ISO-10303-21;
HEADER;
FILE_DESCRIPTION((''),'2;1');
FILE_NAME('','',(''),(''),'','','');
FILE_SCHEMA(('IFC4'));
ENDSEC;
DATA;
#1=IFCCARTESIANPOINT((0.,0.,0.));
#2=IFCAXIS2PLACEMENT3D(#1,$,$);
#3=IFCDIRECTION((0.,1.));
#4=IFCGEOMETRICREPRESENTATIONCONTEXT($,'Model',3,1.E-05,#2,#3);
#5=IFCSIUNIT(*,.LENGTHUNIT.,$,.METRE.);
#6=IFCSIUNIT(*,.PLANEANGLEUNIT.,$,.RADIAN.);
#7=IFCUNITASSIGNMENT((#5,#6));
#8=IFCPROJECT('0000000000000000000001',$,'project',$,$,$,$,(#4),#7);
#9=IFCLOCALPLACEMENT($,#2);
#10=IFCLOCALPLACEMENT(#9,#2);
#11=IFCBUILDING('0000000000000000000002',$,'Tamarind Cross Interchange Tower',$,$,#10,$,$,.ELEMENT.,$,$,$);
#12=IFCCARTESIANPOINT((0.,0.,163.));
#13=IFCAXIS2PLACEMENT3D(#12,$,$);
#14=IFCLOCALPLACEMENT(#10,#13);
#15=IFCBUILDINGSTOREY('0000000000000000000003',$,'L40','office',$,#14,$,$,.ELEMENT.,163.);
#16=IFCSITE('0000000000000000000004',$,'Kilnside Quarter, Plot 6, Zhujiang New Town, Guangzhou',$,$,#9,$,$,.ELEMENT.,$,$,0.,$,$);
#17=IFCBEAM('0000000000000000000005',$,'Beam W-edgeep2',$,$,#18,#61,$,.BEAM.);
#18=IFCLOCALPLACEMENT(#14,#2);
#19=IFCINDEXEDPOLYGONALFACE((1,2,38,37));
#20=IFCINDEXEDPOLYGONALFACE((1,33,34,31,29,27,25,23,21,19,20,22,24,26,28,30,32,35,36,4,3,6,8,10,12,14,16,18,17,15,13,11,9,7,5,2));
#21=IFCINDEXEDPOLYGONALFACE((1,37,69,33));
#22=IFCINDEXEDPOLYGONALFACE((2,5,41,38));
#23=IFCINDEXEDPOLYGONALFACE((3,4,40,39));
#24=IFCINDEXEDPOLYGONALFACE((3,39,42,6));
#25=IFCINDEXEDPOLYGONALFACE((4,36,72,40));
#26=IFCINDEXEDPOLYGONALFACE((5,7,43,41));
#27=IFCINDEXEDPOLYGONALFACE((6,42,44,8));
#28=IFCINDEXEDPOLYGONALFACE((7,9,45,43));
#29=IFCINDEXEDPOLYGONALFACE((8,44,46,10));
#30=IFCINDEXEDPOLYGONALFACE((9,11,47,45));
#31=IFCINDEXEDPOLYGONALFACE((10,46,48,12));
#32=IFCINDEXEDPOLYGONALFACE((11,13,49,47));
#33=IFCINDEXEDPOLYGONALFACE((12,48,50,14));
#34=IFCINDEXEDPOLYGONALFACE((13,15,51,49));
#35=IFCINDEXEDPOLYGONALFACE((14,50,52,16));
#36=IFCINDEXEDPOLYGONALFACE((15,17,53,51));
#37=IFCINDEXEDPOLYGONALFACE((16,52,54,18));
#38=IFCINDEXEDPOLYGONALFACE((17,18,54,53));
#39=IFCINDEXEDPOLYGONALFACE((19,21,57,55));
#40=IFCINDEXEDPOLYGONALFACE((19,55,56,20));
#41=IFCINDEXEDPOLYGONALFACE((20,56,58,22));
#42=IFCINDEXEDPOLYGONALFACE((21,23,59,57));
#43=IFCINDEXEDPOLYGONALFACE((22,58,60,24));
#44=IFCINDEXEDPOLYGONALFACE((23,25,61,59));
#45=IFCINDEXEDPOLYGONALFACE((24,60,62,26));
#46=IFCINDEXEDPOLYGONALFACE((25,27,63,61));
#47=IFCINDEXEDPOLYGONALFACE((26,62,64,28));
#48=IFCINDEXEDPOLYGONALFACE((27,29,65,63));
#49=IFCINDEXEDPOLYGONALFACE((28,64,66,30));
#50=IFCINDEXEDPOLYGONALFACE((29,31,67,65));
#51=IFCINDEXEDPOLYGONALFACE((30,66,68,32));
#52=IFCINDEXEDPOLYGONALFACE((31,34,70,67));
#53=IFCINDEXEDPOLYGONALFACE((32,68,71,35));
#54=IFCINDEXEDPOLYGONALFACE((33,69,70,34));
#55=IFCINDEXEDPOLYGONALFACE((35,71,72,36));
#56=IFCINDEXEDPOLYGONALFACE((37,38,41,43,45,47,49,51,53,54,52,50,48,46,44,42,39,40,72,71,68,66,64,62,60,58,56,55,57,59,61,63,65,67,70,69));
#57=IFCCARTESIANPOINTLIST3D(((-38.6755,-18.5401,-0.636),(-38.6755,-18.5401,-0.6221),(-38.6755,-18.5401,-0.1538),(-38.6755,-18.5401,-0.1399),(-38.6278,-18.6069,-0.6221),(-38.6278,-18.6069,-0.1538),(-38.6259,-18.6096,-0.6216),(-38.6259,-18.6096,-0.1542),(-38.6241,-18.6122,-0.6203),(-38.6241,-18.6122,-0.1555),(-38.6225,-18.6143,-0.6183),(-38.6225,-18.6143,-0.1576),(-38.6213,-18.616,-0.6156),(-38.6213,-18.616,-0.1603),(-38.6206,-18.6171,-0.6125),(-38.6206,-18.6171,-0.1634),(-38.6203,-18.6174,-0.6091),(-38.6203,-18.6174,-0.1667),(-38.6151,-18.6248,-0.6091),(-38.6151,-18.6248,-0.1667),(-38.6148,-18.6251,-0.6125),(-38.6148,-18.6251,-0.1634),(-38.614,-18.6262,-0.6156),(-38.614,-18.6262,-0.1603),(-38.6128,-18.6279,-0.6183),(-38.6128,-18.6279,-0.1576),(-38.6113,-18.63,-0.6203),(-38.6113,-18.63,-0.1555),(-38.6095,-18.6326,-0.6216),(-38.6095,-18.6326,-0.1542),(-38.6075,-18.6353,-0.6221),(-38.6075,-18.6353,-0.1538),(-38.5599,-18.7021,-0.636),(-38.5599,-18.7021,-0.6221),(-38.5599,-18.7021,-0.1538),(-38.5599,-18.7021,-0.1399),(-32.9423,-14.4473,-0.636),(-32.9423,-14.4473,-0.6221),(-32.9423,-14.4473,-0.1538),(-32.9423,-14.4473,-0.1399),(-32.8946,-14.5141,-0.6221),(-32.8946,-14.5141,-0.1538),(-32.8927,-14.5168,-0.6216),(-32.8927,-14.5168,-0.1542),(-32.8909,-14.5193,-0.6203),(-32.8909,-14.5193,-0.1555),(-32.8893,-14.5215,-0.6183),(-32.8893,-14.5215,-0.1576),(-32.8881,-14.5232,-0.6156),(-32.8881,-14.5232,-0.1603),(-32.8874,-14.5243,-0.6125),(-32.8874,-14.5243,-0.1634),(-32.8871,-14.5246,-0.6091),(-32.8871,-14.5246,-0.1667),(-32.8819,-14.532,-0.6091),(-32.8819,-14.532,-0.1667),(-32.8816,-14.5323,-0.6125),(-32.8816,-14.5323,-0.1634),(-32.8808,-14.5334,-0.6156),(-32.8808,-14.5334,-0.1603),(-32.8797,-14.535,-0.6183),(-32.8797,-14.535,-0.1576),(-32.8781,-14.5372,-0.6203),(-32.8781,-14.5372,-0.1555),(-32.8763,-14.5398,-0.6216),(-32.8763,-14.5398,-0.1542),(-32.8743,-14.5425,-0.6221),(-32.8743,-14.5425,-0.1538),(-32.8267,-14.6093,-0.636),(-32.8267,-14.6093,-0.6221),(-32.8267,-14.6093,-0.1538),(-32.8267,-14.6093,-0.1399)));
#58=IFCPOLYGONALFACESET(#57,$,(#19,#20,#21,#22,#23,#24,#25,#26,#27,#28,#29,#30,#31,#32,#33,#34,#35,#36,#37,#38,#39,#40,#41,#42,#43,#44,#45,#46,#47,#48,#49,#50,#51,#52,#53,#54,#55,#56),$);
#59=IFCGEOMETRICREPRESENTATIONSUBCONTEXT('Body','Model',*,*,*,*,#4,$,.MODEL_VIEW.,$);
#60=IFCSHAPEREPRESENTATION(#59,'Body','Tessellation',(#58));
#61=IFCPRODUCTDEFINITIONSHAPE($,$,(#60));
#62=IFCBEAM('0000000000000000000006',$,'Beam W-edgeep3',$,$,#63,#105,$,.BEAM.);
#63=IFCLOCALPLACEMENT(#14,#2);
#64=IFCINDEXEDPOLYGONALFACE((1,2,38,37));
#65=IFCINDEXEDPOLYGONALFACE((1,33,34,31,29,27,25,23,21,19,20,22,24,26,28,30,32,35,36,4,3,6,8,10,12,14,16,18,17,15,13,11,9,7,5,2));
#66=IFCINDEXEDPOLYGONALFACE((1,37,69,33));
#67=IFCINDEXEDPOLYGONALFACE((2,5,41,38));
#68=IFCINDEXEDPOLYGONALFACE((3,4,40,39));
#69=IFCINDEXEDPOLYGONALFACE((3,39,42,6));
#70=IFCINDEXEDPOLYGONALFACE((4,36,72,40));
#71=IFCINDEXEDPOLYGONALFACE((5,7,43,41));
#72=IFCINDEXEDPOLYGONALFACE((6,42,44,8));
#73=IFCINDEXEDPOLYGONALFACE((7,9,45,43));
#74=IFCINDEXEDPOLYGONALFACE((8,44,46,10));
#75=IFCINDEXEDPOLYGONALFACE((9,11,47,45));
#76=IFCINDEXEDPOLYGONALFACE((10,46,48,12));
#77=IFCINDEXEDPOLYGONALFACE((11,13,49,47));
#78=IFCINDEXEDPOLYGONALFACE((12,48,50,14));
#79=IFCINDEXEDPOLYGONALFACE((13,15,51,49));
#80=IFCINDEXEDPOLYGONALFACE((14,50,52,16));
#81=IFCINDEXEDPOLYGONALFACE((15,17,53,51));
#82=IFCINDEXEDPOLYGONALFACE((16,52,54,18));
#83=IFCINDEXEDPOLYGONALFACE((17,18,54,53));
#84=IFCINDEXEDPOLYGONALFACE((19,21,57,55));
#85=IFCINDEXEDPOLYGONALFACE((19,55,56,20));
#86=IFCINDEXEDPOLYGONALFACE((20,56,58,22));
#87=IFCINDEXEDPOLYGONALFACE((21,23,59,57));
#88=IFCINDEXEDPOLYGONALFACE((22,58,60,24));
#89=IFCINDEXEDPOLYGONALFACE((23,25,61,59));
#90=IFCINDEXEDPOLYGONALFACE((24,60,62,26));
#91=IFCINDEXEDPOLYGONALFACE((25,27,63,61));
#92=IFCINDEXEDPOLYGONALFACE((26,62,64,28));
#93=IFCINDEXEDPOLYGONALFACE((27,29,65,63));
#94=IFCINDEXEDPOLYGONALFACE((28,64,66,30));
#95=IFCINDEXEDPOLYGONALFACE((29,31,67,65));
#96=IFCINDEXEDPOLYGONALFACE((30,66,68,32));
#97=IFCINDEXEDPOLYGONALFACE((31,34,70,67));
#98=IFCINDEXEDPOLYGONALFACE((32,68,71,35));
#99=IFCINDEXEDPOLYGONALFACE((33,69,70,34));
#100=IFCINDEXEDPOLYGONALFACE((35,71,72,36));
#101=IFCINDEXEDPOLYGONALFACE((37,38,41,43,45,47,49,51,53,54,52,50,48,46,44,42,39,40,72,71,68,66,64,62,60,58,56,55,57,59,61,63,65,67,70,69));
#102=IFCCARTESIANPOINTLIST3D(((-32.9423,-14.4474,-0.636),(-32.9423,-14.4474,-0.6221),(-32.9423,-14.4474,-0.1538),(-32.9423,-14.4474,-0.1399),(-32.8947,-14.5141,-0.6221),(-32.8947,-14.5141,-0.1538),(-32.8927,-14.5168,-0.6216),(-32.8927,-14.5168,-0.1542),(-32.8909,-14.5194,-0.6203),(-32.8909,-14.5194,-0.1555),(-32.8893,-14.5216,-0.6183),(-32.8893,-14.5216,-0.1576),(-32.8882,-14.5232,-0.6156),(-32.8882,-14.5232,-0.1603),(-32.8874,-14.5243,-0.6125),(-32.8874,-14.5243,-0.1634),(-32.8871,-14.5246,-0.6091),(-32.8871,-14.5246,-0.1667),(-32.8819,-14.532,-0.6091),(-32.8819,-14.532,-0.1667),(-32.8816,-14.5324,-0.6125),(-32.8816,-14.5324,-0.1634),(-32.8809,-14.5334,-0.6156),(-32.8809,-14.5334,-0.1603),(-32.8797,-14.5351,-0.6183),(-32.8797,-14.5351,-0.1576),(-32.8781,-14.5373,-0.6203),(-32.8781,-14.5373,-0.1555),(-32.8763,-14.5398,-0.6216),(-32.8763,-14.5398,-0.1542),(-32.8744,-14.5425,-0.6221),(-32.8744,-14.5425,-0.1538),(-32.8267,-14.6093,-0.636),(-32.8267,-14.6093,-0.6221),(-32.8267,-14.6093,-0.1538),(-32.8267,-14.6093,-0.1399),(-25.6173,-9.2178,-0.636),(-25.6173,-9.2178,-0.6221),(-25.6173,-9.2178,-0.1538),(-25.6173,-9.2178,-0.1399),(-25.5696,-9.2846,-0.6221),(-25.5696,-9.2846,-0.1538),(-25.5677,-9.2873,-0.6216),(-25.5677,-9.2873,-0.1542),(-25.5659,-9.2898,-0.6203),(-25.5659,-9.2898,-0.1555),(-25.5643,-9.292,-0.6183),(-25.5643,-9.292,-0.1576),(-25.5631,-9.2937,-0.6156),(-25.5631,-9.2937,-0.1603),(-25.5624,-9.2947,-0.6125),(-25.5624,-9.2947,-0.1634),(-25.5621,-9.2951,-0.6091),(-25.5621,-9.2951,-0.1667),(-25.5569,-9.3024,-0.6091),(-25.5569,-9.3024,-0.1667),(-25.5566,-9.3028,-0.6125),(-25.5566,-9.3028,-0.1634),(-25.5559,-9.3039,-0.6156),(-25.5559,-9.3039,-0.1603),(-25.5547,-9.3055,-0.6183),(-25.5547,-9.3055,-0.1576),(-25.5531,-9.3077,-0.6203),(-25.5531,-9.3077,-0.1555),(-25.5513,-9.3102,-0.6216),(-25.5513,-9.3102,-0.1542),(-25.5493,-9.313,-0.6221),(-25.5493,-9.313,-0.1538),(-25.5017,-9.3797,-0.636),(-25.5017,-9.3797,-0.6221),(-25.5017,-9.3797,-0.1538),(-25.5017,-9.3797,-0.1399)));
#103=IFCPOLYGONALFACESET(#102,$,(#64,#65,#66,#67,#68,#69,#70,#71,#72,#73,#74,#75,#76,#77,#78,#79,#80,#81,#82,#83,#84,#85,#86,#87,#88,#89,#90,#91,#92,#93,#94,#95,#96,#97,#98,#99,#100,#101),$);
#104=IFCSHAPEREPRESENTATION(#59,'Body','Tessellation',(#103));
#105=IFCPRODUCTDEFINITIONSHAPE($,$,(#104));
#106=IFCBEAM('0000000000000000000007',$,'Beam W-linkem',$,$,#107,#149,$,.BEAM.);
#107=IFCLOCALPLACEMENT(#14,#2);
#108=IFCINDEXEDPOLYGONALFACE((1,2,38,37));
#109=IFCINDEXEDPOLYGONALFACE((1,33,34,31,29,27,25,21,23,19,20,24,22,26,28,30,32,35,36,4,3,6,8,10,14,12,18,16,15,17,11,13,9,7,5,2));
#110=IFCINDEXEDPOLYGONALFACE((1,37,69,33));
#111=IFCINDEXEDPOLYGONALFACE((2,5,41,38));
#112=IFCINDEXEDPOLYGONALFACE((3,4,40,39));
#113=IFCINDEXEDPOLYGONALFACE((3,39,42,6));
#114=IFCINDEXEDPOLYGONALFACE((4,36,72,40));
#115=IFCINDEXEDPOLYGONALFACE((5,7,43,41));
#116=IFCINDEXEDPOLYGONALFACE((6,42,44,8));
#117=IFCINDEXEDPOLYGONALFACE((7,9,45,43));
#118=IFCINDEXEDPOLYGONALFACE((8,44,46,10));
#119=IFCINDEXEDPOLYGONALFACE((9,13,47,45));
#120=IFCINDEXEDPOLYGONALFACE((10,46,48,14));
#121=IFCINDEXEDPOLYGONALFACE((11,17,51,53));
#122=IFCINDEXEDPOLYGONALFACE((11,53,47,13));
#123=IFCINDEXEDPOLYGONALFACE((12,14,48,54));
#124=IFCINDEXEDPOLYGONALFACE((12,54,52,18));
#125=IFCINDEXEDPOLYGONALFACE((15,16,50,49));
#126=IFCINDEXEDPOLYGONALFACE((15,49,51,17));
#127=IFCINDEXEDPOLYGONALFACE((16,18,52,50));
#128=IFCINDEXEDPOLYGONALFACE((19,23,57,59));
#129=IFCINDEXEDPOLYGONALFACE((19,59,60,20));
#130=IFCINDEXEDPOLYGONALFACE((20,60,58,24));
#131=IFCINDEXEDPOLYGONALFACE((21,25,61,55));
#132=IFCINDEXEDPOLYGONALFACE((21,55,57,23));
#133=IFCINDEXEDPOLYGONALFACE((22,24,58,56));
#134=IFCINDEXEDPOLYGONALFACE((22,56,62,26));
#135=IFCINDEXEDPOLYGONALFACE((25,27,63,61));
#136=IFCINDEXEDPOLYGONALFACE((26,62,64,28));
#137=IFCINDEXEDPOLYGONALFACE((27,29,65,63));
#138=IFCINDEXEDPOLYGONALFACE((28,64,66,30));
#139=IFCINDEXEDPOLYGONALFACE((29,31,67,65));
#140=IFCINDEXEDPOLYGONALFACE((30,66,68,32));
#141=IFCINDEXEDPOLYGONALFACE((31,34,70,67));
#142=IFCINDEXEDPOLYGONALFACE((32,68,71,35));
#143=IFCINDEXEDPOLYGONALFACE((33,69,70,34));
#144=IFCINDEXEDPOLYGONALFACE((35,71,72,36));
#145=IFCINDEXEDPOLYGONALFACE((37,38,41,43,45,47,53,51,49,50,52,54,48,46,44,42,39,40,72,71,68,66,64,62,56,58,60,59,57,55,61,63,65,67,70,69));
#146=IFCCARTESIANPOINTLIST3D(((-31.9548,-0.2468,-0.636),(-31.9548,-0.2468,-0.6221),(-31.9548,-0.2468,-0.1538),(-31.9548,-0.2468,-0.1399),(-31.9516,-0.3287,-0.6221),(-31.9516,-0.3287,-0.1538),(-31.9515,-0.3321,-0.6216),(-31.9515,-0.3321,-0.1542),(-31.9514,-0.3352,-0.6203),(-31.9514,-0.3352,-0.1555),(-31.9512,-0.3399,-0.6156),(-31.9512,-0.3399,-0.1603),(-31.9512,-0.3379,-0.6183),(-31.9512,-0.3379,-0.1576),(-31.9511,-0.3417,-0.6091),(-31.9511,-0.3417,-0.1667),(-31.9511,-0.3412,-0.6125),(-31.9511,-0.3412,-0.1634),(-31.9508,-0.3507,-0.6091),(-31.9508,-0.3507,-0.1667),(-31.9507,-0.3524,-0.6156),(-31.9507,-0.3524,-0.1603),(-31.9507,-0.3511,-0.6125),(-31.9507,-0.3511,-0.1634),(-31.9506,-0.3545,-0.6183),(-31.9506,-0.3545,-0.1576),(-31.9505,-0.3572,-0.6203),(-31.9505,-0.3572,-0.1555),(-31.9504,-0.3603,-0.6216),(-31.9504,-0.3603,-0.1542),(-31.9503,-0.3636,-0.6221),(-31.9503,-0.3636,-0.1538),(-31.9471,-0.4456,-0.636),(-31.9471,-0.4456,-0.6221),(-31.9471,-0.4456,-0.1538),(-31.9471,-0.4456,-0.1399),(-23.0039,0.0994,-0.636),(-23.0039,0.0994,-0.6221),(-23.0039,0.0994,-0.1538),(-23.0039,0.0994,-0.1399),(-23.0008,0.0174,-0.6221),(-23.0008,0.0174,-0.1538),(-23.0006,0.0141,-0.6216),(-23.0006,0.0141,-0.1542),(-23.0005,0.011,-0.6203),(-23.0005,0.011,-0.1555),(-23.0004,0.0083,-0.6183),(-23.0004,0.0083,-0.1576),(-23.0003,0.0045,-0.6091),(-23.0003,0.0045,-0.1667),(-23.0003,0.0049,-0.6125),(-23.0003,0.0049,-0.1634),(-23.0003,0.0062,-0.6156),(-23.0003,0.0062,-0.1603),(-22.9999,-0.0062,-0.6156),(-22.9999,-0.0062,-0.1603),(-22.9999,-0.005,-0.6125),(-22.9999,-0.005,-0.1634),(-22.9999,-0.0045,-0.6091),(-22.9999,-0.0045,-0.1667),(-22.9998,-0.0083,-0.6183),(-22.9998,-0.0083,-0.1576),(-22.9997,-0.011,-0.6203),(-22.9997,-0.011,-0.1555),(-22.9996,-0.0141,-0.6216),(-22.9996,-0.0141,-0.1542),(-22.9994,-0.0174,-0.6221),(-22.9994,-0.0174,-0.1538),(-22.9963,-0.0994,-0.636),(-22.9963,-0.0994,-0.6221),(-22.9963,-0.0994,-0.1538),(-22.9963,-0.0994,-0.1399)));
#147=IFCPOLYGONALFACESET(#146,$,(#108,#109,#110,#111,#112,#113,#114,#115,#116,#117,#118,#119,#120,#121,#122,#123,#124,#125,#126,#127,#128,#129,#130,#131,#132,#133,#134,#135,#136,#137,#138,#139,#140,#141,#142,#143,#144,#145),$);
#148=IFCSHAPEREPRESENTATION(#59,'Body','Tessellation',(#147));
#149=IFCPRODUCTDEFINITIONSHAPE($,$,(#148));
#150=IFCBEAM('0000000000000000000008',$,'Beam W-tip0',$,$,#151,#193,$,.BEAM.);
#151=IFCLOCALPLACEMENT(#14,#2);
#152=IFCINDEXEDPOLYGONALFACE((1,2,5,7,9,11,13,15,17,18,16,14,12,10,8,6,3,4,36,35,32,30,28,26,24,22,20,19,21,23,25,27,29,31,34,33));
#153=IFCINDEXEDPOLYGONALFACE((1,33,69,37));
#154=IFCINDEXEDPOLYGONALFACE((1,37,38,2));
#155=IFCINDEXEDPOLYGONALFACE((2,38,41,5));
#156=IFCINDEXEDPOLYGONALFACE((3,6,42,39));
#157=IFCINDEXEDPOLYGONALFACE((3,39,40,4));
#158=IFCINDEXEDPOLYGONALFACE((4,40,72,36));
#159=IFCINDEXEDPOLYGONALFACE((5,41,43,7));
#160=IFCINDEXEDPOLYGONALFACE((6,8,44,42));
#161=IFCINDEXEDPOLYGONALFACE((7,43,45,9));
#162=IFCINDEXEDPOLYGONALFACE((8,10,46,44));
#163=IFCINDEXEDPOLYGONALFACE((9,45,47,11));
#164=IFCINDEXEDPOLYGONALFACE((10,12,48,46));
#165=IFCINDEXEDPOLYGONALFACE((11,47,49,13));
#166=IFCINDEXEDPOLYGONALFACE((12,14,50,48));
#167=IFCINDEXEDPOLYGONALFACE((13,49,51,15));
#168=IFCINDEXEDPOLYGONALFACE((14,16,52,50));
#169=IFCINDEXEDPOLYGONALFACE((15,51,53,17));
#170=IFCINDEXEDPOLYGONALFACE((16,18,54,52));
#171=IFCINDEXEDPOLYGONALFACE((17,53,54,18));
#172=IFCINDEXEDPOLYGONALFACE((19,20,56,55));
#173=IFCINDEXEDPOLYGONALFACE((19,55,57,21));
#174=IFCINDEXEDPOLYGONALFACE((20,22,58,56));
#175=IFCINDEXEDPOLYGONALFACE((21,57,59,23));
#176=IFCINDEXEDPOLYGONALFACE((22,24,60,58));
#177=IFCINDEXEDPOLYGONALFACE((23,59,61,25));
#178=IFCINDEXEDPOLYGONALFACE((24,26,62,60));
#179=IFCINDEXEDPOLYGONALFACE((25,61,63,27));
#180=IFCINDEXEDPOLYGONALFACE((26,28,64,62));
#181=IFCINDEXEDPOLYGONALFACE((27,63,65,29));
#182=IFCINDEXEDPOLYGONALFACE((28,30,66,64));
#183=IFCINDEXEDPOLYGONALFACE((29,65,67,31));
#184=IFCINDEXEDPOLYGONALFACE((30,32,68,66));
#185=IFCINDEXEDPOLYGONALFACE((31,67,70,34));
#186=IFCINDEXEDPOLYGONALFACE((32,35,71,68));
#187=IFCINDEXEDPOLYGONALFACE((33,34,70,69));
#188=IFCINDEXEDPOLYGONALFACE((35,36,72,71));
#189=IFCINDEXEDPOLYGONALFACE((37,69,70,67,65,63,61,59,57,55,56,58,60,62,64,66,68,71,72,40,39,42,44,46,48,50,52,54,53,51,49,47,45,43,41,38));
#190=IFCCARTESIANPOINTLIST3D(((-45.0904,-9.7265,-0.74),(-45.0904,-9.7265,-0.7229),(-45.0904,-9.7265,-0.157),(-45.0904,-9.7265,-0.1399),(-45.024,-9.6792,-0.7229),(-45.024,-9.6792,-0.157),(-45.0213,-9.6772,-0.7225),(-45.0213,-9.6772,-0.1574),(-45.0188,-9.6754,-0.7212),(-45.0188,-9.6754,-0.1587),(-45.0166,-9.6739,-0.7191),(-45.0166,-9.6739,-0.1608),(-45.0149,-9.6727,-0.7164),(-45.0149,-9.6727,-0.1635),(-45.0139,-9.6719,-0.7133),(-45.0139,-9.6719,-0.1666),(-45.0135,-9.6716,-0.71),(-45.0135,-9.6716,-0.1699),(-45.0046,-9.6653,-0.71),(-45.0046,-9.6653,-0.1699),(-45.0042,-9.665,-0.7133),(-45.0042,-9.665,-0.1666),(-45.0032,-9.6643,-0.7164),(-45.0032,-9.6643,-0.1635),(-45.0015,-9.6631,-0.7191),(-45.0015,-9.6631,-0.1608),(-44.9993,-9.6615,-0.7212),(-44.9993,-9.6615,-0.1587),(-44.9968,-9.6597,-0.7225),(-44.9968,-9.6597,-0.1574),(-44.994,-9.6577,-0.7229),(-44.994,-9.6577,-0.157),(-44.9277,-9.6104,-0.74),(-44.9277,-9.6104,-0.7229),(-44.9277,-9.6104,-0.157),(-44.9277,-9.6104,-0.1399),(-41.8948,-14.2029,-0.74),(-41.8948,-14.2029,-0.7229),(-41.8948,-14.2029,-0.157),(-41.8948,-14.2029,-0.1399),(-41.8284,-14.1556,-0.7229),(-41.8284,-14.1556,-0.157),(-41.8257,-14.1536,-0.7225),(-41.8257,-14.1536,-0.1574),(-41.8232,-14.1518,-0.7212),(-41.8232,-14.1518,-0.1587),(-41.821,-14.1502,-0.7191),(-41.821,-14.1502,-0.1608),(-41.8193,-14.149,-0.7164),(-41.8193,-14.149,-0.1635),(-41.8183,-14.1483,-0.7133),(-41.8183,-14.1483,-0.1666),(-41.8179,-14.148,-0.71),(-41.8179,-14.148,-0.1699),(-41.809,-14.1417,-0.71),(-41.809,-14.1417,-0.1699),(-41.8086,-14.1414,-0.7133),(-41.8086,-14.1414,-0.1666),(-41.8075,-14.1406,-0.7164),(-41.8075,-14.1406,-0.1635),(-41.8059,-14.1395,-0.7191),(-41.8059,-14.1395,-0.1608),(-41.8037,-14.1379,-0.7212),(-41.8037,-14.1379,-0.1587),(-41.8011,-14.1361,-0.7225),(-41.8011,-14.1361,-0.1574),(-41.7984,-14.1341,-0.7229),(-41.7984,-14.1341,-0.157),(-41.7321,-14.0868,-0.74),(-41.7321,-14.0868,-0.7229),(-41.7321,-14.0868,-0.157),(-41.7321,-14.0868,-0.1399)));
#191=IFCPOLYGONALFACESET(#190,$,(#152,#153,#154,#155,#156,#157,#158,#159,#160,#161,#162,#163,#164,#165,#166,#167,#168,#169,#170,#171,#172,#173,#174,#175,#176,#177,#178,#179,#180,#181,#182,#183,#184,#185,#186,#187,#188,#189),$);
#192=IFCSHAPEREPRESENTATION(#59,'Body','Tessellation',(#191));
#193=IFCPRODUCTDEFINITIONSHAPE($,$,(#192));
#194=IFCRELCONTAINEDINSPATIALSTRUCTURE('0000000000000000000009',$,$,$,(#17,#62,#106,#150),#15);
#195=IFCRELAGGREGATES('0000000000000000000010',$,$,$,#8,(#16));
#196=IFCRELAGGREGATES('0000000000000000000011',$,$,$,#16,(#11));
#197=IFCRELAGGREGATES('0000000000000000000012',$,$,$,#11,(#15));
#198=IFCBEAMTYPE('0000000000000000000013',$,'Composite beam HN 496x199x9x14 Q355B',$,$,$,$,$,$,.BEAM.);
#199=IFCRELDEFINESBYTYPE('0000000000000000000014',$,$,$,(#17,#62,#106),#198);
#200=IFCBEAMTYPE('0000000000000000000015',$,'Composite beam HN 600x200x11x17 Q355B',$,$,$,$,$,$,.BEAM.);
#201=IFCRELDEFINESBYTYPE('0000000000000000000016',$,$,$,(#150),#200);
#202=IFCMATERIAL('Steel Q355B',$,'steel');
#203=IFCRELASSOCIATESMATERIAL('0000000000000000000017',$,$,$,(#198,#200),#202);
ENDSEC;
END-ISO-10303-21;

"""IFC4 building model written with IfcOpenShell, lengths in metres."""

from ifc_helpers import new_model, si_unit, direction, frame, origin, origin_2d, place, context, subcontext, project, spatial, i_section, extrude, material, material_profile, profile_set, type_object, element, save


model = new_model("IFC4")

# Units and contexts
model_context = context("Model", 3, precision=1e-05, world=origin(), true_north=direction((0.0, 1.0)))
body_context = subcontext(model_context, "Body", "Model", "MODEL_VIEW")
ifc_project = project(units=[si_unit("LENGTHUNIT", "METRE"), si_unit("PLANEANGLEUNIT", "RADIAN")], contexts=[model_context])

# Site, building, storey
site_placement = place(None, origin())
site = spatial("IfcSite", under=ifc_project, at=site_placement, Name="Kilnside Quarter, Plot 6, Zhujiang New Town, Guangzhou", CompositionType="ELEMENT", RefElevation=0.0)
building_placement = place(site_placement, origin())
building = spatial("IfcBuilding", under=site, at=building_placement, Name="Tamarind Cross Interchange Tower", CompositionType="ELEMENT")
storey_placement = place(building_placement, frame((0.0, 0.0, 163.0)))
storey = spatial("IfcBuildingStorey", under=building, at=storey_placement, Name="L40", Description="office", CompositionType="ELEMENT", Elevation=163.0)

# Beams
ifc_material_1 = material(Name="Steel Q355B", Category="steel")
ifc_material_profile_1 = material_profile(ifc_material_1, i_section(OverallWidth=0.199, OverallDepth=0.4961, WebThickness=0.009, FlangeThickness=0.0139, FilletRadius=0.0129, at=origin_2d()), Name="HN 496x199x9x14")
ifc_profile_set_1 = profile_set([ifc_material_profile_1], Name="Steel Q355B")
beam_type_1 = type_object("IfcBeamType", Name="Composite beam HN 496x199x9x14 Q355B", PredefinedType="BEAM", material=ifc_profile_set_1)
beam_1_placement = place(storey_placement, frame((-38.6177, -18.6211, -0.3879), z_axis=(0.81389, 0.581019, 0.0), x_axis=(-0.581019, 0.81389, 0.0)))
element("IfcBeam", 1, at=beam_1_placement, inside=storey, type_object=beam_type_1, Name="Beam W-edgeep2", PredefinedType="BEAM", context=body_context, shape_type="SweptSolid", body=[
    extrude(i_section(OverallWidth=0.199, OverallDepth=0.4961, WebThickness=0.009, FlangeThickness=0.0139, FilletRadius=0.0129, at=origin_2d()), origin(), (0.0, 0.0, 1.0), 7.0442),
])
beam_2_placement = place(storey_placement, frame((-32.8845, -14.5283, -0.3879), z_axis=(0.813871, 0.581046, 0.0), x_axis=(-0.581046, 0.813871, 0.0)))
element("IfcBeam", 2, at=beam_2_placement, inside=storey, type_object=beam_type_1, Name="Beam W-edgeep3", PredefinedType="BEAM", context=body_context, shape_type="SweptSolid", body=[
    extrude(i_section(OverallWidth=0.199, OverallDepth=0.4961, WebThickness=0.009, FlangeThickness=0.0139, FilletRadius=0.0129, at=origin_2d()), origin(), (0.0, 0.0, 1.0), 9.0002),
])
beam_3_placement = place(storey_placement, frame((-31.9509, -0.3462, -0.3879), z_axis=(0.999253, 0.038648, 0.0), x_axis=(-0.038648, 0.999253, 0.0)))
element("IfcBeam", 3, at=beam_3_placement, inside=storey, type_object=beam_type_1, Name="Beam W-linkem", PredefinedType="BEAM", context=body_context, shape_type="SweptSolid", body=[
    extrude(i_section(OverallWidth=0.199, OverallDepth=0.4961, WebThickness=0.009, FlangeThickness=0.0139, FilletRadius=0.0129, at=origin_2d()), origin(), (0.0, 0.0, 1.0), 8.9575),
])
ifc_material_profile_2 = material_profile(ifc_material_1, i_section(OverallWidth=0.2, OverallDepth=0.6001, WebThickness=0.011, FlangeThickness=0.0171, FilletRadius=0.0129, at=origin_2d()), Name="HN 600x200x11x17")
ifc_profile_set_2 = profile_set([ifc_material_profile_2], Name="Steel Q355B")
beam_type_2 = type_object("IfcBeamType", Name="Composite beam HN 600x200x11x17 Q355B", PredefinedType="BEAM", material=ifc_profile_set_2)
for number, where, z_axis, x_axis, name in (
    (4, (-45.009, -9.6685, -0.4399), (0.58102, -0.813889, 0.0), (0.813889, 0.58102, 0.0), "Beam W-tip0"),
):
    element("IfcBeam", number, at=place(storey_placement, frame(where, z_axis=z_axis, x_axis=x_axis)), inside=storey, type_object=beam_type_2, Name=name, PredefinedType="BEAM", context=body_context, shape_type="SweptSolid", body=[
        extrude(i_section(OverallWidth=0.2, OverallDepth=0.6001, WebThickness=0.011, FlangeThickness=0.0171, FilletRadius=0.0129, at=origin_2d()), origin(), (0.0, 0.0, 1.0), 5.5),
    ])

save(model, "model.ifc")
